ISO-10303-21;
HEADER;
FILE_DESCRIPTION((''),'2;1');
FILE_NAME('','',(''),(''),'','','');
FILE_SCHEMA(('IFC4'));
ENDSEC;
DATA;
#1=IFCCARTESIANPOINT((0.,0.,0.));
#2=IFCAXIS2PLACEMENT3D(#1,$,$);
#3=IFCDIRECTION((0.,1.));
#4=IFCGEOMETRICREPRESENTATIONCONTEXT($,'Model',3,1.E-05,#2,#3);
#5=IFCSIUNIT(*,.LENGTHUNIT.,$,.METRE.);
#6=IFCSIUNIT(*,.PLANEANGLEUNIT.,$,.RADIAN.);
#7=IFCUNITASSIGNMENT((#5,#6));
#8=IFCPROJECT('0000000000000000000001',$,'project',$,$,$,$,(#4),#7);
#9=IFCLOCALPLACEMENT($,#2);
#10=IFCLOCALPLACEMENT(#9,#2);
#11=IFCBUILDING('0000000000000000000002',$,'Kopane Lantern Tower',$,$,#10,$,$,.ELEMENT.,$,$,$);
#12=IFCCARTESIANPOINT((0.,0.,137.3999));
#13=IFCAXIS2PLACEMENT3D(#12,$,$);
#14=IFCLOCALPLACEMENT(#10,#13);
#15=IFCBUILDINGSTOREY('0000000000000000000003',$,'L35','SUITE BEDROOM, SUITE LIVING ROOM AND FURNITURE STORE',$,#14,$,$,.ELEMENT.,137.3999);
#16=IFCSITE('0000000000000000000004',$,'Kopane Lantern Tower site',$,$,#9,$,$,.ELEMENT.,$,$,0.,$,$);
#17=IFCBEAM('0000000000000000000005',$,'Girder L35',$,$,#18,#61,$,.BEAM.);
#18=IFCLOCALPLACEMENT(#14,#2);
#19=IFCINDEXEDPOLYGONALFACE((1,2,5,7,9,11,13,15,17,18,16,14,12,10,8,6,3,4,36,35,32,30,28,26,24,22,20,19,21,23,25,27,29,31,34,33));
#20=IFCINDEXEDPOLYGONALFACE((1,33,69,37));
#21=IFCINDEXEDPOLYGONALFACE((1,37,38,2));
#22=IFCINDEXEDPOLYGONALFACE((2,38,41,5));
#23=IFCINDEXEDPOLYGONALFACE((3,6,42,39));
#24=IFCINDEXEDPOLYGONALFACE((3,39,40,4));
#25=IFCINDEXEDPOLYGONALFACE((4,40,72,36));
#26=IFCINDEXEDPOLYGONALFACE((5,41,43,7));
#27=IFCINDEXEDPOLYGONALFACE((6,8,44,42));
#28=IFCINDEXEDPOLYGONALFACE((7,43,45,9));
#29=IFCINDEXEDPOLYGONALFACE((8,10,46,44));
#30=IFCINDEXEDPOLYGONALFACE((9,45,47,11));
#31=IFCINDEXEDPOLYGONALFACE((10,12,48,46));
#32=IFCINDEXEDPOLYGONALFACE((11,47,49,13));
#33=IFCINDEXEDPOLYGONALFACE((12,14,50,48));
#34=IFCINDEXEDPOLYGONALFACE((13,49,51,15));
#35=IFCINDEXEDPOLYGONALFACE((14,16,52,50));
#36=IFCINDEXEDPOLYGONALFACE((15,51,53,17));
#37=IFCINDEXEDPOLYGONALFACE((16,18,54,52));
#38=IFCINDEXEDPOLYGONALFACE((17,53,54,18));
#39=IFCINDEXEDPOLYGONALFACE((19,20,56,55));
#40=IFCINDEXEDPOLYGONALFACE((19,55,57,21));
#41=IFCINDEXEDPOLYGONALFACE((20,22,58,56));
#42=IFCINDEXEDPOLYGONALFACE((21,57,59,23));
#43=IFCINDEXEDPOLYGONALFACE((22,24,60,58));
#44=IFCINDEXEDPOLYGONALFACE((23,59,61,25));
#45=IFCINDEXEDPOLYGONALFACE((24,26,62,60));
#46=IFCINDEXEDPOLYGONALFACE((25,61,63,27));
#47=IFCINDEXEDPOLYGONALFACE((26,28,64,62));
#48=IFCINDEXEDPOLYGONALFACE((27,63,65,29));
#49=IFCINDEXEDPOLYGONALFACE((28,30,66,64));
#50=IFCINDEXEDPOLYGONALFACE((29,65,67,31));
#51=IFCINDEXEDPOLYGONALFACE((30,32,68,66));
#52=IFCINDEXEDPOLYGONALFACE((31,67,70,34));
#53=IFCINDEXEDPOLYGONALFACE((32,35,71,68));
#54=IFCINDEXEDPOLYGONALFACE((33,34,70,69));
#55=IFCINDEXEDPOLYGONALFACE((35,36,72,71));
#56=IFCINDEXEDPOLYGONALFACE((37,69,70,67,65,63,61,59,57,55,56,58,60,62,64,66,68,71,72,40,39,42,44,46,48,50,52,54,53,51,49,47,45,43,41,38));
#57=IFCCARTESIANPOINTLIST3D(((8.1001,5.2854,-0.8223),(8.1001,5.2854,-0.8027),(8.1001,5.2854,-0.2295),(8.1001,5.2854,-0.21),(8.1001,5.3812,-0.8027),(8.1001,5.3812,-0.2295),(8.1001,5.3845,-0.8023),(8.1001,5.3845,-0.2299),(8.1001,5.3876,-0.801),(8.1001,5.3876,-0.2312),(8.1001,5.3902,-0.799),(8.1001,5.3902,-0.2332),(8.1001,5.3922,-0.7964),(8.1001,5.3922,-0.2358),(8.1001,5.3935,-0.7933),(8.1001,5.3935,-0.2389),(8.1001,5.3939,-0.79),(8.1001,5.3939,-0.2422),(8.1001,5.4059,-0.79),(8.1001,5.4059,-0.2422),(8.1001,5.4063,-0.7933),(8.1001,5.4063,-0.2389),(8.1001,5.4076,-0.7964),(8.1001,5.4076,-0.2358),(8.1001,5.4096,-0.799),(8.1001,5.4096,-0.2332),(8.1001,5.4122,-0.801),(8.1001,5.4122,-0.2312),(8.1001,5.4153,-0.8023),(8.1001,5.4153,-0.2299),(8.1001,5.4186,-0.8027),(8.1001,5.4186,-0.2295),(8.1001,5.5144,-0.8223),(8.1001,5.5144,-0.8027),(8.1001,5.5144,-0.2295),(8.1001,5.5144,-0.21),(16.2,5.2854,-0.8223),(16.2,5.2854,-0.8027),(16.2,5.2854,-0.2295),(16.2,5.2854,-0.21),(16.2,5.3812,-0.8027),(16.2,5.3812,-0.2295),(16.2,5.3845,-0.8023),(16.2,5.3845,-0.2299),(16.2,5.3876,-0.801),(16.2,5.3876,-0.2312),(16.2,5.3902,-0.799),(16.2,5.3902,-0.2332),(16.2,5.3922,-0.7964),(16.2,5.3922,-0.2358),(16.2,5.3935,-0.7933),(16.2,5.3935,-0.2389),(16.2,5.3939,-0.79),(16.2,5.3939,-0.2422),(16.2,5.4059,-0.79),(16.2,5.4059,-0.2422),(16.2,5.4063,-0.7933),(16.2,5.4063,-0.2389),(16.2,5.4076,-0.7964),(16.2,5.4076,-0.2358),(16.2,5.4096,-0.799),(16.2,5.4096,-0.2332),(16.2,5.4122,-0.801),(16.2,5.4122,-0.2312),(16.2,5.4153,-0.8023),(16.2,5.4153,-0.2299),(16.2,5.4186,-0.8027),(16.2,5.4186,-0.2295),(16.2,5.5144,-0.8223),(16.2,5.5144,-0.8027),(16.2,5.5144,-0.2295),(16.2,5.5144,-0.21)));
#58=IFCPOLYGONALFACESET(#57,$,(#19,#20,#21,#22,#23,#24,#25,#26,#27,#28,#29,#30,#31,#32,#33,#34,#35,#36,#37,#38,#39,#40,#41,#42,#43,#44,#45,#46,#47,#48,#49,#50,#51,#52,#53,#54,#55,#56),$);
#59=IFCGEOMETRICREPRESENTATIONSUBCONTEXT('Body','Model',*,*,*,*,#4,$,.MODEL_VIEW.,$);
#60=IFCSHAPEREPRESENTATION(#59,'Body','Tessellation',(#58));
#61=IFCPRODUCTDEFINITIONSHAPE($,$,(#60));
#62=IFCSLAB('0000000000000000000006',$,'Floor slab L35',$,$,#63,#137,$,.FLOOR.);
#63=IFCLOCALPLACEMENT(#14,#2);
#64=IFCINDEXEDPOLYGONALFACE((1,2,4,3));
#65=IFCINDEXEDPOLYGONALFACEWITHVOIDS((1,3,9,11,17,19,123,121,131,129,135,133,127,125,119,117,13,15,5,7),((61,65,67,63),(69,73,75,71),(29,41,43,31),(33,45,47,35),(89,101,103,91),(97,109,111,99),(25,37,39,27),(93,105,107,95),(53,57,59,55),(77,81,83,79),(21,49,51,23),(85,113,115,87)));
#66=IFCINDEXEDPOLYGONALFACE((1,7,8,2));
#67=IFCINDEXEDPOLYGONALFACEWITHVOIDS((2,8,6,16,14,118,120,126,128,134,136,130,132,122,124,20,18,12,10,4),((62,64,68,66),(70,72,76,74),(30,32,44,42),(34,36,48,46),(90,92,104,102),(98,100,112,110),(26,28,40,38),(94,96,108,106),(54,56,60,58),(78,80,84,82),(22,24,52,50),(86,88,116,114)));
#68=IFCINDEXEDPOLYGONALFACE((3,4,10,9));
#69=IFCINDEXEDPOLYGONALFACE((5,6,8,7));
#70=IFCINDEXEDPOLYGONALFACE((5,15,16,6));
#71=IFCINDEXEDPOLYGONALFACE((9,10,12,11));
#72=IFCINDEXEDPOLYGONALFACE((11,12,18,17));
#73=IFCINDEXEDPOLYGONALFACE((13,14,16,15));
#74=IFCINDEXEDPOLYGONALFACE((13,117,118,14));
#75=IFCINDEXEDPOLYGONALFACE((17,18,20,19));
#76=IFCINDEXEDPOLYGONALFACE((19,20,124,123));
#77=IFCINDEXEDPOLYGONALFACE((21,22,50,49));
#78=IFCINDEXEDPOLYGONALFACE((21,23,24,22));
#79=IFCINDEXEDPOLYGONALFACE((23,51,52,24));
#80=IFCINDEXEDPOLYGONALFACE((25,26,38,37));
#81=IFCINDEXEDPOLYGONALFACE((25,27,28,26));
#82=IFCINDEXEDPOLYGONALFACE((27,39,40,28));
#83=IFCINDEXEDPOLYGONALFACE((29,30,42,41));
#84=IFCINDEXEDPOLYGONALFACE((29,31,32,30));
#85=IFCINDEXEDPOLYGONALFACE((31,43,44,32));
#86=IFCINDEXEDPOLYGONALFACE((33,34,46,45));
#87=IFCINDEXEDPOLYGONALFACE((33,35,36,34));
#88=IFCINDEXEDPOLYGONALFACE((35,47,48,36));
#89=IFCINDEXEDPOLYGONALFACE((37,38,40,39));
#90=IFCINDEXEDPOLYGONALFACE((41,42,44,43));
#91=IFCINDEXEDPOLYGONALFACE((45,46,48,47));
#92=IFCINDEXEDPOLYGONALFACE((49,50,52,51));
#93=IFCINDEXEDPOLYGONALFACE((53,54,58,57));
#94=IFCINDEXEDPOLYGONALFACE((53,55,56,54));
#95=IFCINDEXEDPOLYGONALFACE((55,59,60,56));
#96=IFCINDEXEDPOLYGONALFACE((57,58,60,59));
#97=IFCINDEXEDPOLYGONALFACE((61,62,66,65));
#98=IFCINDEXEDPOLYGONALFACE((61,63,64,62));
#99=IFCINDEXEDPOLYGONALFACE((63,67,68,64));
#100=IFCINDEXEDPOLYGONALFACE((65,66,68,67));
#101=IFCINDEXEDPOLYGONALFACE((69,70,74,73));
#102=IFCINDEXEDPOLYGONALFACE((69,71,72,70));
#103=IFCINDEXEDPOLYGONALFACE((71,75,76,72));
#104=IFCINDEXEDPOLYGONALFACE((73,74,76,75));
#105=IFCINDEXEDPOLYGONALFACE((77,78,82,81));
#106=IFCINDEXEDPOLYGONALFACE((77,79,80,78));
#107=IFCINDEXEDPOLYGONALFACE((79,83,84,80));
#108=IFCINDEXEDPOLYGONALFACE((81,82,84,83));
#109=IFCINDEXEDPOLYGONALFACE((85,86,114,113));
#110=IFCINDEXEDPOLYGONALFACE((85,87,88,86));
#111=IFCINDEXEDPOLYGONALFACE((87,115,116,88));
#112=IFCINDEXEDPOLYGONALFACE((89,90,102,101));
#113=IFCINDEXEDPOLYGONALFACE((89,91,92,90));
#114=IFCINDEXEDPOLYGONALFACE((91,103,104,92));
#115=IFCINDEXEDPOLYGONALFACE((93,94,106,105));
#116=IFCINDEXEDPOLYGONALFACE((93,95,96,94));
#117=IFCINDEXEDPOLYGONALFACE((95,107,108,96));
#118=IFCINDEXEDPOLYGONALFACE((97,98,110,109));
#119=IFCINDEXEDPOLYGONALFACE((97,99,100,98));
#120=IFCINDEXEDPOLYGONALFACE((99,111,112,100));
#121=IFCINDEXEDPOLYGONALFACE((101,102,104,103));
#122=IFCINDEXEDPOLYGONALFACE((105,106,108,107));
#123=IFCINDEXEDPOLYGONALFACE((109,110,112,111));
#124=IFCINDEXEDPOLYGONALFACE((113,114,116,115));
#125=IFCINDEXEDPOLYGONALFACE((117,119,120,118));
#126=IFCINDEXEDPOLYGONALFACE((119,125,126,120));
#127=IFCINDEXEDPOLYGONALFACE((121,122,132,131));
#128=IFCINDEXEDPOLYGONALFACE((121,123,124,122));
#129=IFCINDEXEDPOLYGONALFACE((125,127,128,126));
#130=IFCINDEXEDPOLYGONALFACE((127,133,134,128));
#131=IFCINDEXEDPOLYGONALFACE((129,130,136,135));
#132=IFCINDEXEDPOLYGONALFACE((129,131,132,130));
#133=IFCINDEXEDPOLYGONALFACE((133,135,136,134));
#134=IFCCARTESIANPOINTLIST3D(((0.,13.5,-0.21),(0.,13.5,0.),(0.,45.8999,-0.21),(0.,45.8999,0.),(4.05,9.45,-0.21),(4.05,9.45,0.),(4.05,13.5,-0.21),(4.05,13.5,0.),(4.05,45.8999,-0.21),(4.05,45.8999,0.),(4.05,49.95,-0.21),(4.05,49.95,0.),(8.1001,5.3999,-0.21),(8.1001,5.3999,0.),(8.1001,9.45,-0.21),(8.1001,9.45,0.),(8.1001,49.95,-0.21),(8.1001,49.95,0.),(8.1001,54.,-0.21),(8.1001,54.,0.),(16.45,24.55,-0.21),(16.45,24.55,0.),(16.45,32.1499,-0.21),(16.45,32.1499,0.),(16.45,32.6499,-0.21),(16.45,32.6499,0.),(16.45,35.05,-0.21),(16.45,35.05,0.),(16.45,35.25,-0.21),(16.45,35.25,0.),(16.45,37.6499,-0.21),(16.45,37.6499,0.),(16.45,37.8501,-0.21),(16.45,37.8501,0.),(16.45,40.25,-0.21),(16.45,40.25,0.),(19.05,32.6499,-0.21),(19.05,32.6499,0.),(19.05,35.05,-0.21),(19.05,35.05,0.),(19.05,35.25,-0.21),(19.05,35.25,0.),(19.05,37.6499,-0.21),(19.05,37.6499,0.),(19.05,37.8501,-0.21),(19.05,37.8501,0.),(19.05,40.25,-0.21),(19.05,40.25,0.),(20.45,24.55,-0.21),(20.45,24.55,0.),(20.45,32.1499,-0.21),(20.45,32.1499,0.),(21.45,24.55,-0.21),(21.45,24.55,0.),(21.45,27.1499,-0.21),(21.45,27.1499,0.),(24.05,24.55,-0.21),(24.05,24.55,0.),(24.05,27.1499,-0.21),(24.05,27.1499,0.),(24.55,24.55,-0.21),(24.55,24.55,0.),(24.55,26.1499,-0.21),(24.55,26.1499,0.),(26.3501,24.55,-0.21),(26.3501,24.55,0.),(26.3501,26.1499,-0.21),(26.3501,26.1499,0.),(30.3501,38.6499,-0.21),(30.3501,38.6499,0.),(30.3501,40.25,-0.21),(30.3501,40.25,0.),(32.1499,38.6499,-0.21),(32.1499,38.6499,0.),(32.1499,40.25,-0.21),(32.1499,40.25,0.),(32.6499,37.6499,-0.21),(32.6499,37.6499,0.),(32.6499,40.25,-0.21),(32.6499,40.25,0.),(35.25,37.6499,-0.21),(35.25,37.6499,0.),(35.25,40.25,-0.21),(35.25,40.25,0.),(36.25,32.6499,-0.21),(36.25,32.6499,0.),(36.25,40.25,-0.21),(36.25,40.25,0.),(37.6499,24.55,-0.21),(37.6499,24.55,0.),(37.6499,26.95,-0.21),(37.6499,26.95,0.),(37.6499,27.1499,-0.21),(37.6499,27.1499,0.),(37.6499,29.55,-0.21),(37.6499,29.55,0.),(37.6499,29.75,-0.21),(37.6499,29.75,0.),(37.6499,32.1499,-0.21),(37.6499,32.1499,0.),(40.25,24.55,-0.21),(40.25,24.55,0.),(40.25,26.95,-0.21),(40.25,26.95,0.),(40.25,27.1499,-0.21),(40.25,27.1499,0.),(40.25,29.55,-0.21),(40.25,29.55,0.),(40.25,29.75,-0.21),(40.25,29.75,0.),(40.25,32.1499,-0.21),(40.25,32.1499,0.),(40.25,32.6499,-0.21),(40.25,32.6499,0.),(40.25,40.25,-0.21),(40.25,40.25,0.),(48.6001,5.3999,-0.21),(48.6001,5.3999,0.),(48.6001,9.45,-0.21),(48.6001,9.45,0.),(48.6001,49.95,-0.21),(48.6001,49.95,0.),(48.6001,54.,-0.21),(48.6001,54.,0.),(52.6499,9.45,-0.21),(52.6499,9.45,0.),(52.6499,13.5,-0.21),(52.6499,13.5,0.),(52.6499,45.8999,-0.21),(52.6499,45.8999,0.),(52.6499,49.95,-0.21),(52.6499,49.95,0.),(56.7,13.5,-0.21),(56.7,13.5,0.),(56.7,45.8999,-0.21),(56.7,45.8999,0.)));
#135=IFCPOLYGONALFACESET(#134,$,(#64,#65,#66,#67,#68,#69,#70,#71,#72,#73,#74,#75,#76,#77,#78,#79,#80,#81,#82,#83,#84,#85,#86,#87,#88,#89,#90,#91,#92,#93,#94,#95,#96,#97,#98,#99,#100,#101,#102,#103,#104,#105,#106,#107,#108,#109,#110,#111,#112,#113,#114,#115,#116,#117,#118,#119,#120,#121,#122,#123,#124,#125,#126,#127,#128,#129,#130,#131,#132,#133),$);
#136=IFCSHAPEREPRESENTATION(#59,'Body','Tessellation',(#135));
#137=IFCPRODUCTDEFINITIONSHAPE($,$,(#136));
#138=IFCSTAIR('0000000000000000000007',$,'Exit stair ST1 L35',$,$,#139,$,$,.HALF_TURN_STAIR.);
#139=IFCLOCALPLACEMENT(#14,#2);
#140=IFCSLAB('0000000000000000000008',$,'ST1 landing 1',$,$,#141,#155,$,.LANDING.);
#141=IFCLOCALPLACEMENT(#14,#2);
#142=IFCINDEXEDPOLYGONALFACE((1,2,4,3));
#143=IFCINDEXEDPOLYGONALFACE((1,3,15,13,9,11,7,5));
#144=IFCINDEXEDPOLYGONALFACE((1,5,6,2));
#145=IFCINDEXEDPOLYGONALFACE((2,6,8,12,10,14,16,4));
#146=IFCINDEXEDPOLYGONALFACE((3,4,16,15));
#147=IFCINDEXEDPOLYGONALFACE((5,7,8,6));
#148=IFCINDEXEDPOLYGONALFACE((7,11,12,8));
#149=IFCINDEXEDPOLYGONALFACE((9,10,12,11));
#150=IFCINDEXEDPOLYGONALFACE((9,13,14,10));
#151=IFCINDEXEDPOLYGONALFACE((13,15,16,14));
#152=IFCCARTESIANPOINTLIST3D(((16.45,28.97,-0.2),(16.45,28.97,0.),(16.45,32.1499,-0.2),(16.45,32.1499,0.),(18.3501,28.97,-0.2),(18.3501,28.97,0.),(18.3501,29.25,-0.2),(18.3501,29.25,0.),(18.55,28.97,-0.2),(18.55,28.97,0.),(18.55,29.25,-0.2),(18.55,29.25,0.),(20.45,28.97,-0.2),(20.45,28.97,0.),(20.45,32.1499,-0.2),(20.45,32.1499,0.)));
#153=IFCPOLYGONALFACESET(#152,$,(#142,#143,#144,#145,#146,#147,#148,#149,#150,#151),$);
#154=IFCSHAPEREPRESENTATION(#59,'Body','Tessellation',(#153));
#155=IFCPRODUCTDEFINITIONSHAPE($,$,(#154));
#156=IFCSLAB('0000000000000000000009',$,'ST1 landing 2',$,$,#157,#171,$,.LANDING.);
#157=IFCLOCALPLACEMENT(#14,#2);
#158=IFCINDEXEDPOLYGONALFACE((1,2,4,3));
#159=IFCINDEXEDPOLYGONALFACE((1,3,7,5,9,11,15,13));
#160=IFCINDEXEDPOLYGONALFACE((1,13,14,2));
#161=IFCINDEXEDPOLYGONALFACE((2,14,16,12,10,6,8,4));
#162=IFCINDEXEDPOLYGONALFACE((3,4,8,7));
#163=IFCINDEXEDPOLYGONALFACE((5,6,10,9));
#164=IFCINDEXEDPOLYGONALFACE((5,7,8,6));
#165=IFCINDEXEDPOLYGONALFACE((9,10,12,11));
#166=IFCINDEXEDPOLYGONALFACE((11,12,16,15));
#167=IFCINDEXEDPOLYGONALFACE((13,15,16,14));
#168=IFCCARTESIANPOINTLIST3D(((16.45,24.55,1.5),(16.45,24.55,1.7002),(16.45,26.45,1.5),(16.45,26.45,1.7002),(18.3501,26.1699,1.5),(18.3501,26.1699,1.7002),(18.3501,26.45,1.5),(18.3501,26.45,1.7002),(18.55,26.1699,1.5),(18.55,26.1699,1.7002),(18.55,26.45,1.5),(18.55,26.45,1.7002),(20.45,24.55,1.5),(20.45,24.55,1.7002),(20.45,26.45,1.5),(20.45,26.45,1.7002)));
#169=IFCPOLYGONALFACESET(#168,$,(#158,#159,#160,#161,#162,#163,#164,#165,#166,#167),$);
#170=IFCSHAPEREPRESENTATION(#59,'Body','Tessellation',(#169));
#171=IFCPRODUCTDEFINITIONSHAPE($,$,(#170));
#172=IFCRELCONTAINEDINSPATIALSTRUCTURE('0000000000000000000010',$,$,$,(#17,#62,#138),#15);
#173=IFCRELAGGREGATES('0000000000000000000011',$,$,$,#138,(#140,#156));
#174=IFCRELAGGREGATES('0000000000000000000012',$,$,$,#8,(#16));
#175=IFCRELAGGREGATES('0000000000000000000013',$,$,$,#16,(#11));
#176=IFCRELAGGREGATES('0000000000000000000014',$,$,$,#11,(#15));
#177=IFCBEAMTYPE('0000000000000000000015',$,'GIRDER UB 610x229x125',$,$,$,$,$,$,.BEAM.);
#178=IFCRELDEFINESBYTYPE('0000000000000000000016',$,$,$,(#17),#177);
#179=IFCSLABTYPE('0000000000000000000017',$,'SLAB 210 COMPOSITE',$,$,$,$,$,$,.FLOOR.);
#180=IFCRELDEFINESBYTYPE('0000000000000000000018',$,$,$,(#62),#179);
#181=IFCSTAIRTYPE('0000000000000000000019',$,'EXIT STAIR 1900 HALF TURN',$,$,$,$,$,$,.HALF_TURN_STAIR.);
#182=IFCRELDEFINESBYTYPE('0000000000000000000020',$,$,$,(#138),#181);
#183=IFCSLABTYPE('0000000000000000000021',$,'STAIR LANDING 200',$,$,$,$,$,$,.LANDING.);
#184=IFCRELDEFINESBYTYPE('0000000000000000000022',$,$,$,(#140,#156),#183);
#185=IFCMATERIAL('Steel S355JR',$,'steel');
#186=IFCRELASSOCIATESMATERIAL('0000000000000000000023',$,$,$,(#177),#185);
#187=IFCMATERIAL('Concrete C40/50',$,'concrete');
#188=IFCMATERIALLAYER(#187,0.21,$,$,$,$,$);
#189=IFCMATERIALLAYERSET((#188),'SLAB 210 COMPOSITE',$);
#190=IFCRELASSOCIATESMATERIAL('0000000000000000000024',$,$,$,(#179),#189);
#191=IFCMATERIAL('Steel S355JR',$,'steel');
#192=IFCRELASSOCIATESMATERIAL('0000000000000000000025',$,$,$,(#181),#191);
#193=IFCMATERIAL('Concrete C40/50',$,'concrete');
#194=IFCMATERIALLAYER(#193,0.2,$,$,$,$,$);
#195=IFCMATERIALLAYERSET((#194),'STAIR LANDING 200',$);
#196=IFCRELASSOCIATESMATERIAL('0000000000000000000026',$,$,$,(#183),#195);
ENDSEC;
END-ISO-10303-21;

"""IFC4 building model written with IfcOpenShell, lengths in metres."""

from ifc_helpers import new_model, si_unit, direction, frame, origin, origin_2d, place, context, subcontext, project, spatial, polyline, i_section, outline, extrude, material, layer, layer_set, material_profile, profile_set, type_object, element, aggregate, save


model = new_model("IFC4")

# Units and contexts
model_context = context("Model", 3, precision=1e-05, world=origin(), true_north=direction((0.0, 1.0)))
body_context = subcontext(model_context, "Body", "Model", "MODEL_VIEW")
ifc_project = project(units=[si_unit("LENGTHUNIT", "METRE"), si_unit("PLANEANGLEUNIT", "RADIAN")], contexts=[model_context])

# Site, building, storey
site_placement = place(None, origin())
site = spatial("IfcSite", under=ifc_project, at=site_placement, Name="Kopane Lantern Tower site", CompositionType="ELEMENT", RefElevation=0.0)
building_placement = place(site_placement, origin())
building = spatial("IfcBuilding", under=site, at=building_placement, Name="Kopane Lantern Tower", CompositionType="ELEMENT")
storey_placement = place(building_placement, frame((0.0, 0.0, 137.3999)))
storey = spatial("IfcBuildingStorey", under=building, at=storey_placement, Name="L35", Description="SUITE BEDROOM, SUITE LIVING ROOM AND FURNITURE STORE", CompositionType="ELEMENT", Elevation=137.3999)

# Beam
ifc_material_1 = material(Name="Steel S355JR", Category="steel")
ifc_material_profile_1 = material_profile(ifc_material_1, i_section(OverallWidth=0.229, OverallDepth=0.6123, WebThickness=0.012, FlangeThickness=0.0195, FilletRadius=0.0127, at=origin_2d()), Name="UB 610x229x125")
ifc_profile_set_1 = profile_set([ifc_material_profile_1], Name="Steel S355JR")
beam_type_1 = type_object("IfcBeamType", Name="GIRDER UB 610x229x125", PredefinedType="BEAM", material=ifc_profile_set_1)
beam_1_placement = place(storey_placement, frame((8.1001, 5.3999, -0.5161), z_axis=(1.0, 0.0, 0.0), x_axis=(0.0, 1.0, 0.0)))
element("IfcBeam", 1, at=beam_1_placement, inside=storey, type_object=beam_type_1, Name="Girder L35", PredefinedType="BEAM", context=body_context, shape_type="SweptSolid", body=[
    extrude(i_section(OverallWidth=0.229, OverallDepth=0.6123, WebThickness=0.012, FlangeThickness=0.0195, FilletRadius=0.0127, at=origin_2d()), origin(), (0.0, 0.0, 1.0), 8.0999),
])

# Slab
ifc_material_2 = material(Name="Concrete C40/50", Category="concrete")
ifc_layer_1 = layer(ifc_material_2, 0.21)
ifc_layer_set_1 = layer_set([ifc_layer_1], Name="SLAB 210 COMPOSITE")
slab_type_1 = type_object("IfcSlabType", Name="SLAB 210 COMPOSITE", PredefinedType="FLOOR", material=ifc_layer_set_1)
slab_1_placement = place(storey_placement, frame((0.0, 0.0, -0.21)))
element("IfcSlab", 2, at=slab_1_placement, inside=storey, type_object=slab_type_1, Name="Floor slab L35", PredefinedType="FLOOR", context=body_context, shape_type="SweptSolid", body=[
    extrude(outline(polyline([(8.1001, 5.3999), (48.6001, 5.3999), (48.6001, 9.45), (52.6499, 9.45), (52.6499, 13.5), (56.7, 13.5), (56.7, 45.8999), (52.6499, 45.8999), (52.6499, 49.95), (48.6001, 49.95), (48.6001, 54.0), (8.1001, 54.0), (8.1001, 49.95), (4.05, 49.95), (4.05, 45.8999), (0.0, 45.8999), (0.0, 13.5), (4.05, 13.5), (4.05, 9.45), (8.1001, 9.45), (8.1001, 5.3999)]), holes=[polyline([(16.45, 24.55), (20.45, 24.55), (20.45, 32.1499), (16.45, 32.1499), (16.45, 24.55)]), polyline([(36.25, 32.6499), (40.25, 32.6499), (40.25, 40.25), (36.25, 40.25), (36.25, 32.6499)]), polyline([(16.45, 32.6499), (19.05, 32.6499), (19.05, 35.05), (16.45, 35.05), (16.45, 32.6499)]), polyline([(16.45, 35.25), (19.05, 35.25), (19.05, 37.6499), (16.45, 37.6499), (16.45, 35.25)]), polyline([(16.45, 37.8501), (19.05, 37.8501), (19.05, 40.25), (16.45, 40.25), (16.45, 37.8501)]), polyline([(37.6499, 24.55), (40.25, 24.55), (40.25, 26.95), (37.6499, 26.95), (37.6499, 24.55)]), polyline([(37.6499, 27.1499), (40.25, 27.1499), (40.25, 29.55), (37.6499, 29.55), (37.6499, 27.1499)]), polyline([(37.6499, 29.75), (40.25, 29.75), (40.25, 32.1499), (37.6499, 32.1499), (37.6499, 29.75)]), polyline([(21.45, 24.55), (24.05, 24.55), (24.05, 27.1499), (21.45, 27.1499), (21.45, 24.55)]), polyline([(32.6499, 37.6499), (35.25, 37.6499), (35.25, 40.25), (32.6499, 40.25), (32.6499, 37.6499)]), polyline([(24.55, 24.55), (26.3501, 24.55), (26.3501, 26.1499), (24.55, 26.1499), (24.55, 24.55)]), polyline([(30.3501, 38.6499), (32.1499, 38.6499), (32.1499, 40.25), (30.3501, 40.25), (30.3501, 38.6499)])]), origin(), (0.0, 0.0, 1.0), 0.21),
])

# Stair, slabs
ifc_material_3 = material(Name="Steel S355JR", Category="steel")
stair_type = type_object("IfcStairType", Name="EXIT STAIR 1900 HALF TURN", PredefinedType="HALF_TURN_STAIR", material=ifc_material_3)
stair_1_placement = place(storey_placement, origin())
stair_1 = element("IfcStair", 3, at=stair_1_placement, inside=storey, type_object=stair_type, Name="Exit stair ST1 L35", PredefinedType="HALF_TURN_STAIR")
ifc_material_4 = material(Name="Concrete C40/50", Category="concrete")
ifc_layer_2 = layer(ifc_material_4, 0.2)
ifc_layer_set_2 = layer_set([ifc_layer_2], Name="STAIR LANDING 200")
slab_type_2 = type_object("IfcSlabType", Name="STAIR LANDING 200", PredefinedType="LANDING", material=ifc_layer_set_2)
slab_2_placement = place(storey_placement, frame((0.0, 0.0, -0.2)))
slab_2 = element("IfcSlab", 4, at=slab_2_placement, type_object=slab_type_2, Name="ST1 landing 1", PredefinedType="LANDING", context=body_context, shape_type="SweptSolid", body=[
    extrude(outline(polyline([(18.3501, 29.25), (18.55, 29.25), (18.55, 28.97), (20.45, 28.97), (20.45, 32.1499), (16.45, 32.1499), (16.45, 28.97), (18.3501, 28.97), (18.3501, 29.25)])), origin(), (0.0, 0.0, 1.0), 0.2),
])
slab_3_placement = place(storey_placement, frame((0.0, 0.0, 1.5)))
slab_3 = element("IfcSlab", 5, at=slab_3_placement, type_object=slab_type_2, Name="ST1 landing 2", PredefinedType="LANDING", context=body_context, shape_type="SweptSolid", body=[
    extrude(outline(polyline([(20.45, 26.45), (18.55, 26.45), (18.55, 26.1699), (18.3501, 26.1699), (18.3501, 26.45), (16.45, 26.45), (16.45, 24.55), (20.45, 24.55), (20.45, 26.45)])), origin(), (0.0, 0.0, 1.0), 0.2002),
])
aggregate(stair_1, [slab_2, slab_3])

save(model, "model.ifc")
